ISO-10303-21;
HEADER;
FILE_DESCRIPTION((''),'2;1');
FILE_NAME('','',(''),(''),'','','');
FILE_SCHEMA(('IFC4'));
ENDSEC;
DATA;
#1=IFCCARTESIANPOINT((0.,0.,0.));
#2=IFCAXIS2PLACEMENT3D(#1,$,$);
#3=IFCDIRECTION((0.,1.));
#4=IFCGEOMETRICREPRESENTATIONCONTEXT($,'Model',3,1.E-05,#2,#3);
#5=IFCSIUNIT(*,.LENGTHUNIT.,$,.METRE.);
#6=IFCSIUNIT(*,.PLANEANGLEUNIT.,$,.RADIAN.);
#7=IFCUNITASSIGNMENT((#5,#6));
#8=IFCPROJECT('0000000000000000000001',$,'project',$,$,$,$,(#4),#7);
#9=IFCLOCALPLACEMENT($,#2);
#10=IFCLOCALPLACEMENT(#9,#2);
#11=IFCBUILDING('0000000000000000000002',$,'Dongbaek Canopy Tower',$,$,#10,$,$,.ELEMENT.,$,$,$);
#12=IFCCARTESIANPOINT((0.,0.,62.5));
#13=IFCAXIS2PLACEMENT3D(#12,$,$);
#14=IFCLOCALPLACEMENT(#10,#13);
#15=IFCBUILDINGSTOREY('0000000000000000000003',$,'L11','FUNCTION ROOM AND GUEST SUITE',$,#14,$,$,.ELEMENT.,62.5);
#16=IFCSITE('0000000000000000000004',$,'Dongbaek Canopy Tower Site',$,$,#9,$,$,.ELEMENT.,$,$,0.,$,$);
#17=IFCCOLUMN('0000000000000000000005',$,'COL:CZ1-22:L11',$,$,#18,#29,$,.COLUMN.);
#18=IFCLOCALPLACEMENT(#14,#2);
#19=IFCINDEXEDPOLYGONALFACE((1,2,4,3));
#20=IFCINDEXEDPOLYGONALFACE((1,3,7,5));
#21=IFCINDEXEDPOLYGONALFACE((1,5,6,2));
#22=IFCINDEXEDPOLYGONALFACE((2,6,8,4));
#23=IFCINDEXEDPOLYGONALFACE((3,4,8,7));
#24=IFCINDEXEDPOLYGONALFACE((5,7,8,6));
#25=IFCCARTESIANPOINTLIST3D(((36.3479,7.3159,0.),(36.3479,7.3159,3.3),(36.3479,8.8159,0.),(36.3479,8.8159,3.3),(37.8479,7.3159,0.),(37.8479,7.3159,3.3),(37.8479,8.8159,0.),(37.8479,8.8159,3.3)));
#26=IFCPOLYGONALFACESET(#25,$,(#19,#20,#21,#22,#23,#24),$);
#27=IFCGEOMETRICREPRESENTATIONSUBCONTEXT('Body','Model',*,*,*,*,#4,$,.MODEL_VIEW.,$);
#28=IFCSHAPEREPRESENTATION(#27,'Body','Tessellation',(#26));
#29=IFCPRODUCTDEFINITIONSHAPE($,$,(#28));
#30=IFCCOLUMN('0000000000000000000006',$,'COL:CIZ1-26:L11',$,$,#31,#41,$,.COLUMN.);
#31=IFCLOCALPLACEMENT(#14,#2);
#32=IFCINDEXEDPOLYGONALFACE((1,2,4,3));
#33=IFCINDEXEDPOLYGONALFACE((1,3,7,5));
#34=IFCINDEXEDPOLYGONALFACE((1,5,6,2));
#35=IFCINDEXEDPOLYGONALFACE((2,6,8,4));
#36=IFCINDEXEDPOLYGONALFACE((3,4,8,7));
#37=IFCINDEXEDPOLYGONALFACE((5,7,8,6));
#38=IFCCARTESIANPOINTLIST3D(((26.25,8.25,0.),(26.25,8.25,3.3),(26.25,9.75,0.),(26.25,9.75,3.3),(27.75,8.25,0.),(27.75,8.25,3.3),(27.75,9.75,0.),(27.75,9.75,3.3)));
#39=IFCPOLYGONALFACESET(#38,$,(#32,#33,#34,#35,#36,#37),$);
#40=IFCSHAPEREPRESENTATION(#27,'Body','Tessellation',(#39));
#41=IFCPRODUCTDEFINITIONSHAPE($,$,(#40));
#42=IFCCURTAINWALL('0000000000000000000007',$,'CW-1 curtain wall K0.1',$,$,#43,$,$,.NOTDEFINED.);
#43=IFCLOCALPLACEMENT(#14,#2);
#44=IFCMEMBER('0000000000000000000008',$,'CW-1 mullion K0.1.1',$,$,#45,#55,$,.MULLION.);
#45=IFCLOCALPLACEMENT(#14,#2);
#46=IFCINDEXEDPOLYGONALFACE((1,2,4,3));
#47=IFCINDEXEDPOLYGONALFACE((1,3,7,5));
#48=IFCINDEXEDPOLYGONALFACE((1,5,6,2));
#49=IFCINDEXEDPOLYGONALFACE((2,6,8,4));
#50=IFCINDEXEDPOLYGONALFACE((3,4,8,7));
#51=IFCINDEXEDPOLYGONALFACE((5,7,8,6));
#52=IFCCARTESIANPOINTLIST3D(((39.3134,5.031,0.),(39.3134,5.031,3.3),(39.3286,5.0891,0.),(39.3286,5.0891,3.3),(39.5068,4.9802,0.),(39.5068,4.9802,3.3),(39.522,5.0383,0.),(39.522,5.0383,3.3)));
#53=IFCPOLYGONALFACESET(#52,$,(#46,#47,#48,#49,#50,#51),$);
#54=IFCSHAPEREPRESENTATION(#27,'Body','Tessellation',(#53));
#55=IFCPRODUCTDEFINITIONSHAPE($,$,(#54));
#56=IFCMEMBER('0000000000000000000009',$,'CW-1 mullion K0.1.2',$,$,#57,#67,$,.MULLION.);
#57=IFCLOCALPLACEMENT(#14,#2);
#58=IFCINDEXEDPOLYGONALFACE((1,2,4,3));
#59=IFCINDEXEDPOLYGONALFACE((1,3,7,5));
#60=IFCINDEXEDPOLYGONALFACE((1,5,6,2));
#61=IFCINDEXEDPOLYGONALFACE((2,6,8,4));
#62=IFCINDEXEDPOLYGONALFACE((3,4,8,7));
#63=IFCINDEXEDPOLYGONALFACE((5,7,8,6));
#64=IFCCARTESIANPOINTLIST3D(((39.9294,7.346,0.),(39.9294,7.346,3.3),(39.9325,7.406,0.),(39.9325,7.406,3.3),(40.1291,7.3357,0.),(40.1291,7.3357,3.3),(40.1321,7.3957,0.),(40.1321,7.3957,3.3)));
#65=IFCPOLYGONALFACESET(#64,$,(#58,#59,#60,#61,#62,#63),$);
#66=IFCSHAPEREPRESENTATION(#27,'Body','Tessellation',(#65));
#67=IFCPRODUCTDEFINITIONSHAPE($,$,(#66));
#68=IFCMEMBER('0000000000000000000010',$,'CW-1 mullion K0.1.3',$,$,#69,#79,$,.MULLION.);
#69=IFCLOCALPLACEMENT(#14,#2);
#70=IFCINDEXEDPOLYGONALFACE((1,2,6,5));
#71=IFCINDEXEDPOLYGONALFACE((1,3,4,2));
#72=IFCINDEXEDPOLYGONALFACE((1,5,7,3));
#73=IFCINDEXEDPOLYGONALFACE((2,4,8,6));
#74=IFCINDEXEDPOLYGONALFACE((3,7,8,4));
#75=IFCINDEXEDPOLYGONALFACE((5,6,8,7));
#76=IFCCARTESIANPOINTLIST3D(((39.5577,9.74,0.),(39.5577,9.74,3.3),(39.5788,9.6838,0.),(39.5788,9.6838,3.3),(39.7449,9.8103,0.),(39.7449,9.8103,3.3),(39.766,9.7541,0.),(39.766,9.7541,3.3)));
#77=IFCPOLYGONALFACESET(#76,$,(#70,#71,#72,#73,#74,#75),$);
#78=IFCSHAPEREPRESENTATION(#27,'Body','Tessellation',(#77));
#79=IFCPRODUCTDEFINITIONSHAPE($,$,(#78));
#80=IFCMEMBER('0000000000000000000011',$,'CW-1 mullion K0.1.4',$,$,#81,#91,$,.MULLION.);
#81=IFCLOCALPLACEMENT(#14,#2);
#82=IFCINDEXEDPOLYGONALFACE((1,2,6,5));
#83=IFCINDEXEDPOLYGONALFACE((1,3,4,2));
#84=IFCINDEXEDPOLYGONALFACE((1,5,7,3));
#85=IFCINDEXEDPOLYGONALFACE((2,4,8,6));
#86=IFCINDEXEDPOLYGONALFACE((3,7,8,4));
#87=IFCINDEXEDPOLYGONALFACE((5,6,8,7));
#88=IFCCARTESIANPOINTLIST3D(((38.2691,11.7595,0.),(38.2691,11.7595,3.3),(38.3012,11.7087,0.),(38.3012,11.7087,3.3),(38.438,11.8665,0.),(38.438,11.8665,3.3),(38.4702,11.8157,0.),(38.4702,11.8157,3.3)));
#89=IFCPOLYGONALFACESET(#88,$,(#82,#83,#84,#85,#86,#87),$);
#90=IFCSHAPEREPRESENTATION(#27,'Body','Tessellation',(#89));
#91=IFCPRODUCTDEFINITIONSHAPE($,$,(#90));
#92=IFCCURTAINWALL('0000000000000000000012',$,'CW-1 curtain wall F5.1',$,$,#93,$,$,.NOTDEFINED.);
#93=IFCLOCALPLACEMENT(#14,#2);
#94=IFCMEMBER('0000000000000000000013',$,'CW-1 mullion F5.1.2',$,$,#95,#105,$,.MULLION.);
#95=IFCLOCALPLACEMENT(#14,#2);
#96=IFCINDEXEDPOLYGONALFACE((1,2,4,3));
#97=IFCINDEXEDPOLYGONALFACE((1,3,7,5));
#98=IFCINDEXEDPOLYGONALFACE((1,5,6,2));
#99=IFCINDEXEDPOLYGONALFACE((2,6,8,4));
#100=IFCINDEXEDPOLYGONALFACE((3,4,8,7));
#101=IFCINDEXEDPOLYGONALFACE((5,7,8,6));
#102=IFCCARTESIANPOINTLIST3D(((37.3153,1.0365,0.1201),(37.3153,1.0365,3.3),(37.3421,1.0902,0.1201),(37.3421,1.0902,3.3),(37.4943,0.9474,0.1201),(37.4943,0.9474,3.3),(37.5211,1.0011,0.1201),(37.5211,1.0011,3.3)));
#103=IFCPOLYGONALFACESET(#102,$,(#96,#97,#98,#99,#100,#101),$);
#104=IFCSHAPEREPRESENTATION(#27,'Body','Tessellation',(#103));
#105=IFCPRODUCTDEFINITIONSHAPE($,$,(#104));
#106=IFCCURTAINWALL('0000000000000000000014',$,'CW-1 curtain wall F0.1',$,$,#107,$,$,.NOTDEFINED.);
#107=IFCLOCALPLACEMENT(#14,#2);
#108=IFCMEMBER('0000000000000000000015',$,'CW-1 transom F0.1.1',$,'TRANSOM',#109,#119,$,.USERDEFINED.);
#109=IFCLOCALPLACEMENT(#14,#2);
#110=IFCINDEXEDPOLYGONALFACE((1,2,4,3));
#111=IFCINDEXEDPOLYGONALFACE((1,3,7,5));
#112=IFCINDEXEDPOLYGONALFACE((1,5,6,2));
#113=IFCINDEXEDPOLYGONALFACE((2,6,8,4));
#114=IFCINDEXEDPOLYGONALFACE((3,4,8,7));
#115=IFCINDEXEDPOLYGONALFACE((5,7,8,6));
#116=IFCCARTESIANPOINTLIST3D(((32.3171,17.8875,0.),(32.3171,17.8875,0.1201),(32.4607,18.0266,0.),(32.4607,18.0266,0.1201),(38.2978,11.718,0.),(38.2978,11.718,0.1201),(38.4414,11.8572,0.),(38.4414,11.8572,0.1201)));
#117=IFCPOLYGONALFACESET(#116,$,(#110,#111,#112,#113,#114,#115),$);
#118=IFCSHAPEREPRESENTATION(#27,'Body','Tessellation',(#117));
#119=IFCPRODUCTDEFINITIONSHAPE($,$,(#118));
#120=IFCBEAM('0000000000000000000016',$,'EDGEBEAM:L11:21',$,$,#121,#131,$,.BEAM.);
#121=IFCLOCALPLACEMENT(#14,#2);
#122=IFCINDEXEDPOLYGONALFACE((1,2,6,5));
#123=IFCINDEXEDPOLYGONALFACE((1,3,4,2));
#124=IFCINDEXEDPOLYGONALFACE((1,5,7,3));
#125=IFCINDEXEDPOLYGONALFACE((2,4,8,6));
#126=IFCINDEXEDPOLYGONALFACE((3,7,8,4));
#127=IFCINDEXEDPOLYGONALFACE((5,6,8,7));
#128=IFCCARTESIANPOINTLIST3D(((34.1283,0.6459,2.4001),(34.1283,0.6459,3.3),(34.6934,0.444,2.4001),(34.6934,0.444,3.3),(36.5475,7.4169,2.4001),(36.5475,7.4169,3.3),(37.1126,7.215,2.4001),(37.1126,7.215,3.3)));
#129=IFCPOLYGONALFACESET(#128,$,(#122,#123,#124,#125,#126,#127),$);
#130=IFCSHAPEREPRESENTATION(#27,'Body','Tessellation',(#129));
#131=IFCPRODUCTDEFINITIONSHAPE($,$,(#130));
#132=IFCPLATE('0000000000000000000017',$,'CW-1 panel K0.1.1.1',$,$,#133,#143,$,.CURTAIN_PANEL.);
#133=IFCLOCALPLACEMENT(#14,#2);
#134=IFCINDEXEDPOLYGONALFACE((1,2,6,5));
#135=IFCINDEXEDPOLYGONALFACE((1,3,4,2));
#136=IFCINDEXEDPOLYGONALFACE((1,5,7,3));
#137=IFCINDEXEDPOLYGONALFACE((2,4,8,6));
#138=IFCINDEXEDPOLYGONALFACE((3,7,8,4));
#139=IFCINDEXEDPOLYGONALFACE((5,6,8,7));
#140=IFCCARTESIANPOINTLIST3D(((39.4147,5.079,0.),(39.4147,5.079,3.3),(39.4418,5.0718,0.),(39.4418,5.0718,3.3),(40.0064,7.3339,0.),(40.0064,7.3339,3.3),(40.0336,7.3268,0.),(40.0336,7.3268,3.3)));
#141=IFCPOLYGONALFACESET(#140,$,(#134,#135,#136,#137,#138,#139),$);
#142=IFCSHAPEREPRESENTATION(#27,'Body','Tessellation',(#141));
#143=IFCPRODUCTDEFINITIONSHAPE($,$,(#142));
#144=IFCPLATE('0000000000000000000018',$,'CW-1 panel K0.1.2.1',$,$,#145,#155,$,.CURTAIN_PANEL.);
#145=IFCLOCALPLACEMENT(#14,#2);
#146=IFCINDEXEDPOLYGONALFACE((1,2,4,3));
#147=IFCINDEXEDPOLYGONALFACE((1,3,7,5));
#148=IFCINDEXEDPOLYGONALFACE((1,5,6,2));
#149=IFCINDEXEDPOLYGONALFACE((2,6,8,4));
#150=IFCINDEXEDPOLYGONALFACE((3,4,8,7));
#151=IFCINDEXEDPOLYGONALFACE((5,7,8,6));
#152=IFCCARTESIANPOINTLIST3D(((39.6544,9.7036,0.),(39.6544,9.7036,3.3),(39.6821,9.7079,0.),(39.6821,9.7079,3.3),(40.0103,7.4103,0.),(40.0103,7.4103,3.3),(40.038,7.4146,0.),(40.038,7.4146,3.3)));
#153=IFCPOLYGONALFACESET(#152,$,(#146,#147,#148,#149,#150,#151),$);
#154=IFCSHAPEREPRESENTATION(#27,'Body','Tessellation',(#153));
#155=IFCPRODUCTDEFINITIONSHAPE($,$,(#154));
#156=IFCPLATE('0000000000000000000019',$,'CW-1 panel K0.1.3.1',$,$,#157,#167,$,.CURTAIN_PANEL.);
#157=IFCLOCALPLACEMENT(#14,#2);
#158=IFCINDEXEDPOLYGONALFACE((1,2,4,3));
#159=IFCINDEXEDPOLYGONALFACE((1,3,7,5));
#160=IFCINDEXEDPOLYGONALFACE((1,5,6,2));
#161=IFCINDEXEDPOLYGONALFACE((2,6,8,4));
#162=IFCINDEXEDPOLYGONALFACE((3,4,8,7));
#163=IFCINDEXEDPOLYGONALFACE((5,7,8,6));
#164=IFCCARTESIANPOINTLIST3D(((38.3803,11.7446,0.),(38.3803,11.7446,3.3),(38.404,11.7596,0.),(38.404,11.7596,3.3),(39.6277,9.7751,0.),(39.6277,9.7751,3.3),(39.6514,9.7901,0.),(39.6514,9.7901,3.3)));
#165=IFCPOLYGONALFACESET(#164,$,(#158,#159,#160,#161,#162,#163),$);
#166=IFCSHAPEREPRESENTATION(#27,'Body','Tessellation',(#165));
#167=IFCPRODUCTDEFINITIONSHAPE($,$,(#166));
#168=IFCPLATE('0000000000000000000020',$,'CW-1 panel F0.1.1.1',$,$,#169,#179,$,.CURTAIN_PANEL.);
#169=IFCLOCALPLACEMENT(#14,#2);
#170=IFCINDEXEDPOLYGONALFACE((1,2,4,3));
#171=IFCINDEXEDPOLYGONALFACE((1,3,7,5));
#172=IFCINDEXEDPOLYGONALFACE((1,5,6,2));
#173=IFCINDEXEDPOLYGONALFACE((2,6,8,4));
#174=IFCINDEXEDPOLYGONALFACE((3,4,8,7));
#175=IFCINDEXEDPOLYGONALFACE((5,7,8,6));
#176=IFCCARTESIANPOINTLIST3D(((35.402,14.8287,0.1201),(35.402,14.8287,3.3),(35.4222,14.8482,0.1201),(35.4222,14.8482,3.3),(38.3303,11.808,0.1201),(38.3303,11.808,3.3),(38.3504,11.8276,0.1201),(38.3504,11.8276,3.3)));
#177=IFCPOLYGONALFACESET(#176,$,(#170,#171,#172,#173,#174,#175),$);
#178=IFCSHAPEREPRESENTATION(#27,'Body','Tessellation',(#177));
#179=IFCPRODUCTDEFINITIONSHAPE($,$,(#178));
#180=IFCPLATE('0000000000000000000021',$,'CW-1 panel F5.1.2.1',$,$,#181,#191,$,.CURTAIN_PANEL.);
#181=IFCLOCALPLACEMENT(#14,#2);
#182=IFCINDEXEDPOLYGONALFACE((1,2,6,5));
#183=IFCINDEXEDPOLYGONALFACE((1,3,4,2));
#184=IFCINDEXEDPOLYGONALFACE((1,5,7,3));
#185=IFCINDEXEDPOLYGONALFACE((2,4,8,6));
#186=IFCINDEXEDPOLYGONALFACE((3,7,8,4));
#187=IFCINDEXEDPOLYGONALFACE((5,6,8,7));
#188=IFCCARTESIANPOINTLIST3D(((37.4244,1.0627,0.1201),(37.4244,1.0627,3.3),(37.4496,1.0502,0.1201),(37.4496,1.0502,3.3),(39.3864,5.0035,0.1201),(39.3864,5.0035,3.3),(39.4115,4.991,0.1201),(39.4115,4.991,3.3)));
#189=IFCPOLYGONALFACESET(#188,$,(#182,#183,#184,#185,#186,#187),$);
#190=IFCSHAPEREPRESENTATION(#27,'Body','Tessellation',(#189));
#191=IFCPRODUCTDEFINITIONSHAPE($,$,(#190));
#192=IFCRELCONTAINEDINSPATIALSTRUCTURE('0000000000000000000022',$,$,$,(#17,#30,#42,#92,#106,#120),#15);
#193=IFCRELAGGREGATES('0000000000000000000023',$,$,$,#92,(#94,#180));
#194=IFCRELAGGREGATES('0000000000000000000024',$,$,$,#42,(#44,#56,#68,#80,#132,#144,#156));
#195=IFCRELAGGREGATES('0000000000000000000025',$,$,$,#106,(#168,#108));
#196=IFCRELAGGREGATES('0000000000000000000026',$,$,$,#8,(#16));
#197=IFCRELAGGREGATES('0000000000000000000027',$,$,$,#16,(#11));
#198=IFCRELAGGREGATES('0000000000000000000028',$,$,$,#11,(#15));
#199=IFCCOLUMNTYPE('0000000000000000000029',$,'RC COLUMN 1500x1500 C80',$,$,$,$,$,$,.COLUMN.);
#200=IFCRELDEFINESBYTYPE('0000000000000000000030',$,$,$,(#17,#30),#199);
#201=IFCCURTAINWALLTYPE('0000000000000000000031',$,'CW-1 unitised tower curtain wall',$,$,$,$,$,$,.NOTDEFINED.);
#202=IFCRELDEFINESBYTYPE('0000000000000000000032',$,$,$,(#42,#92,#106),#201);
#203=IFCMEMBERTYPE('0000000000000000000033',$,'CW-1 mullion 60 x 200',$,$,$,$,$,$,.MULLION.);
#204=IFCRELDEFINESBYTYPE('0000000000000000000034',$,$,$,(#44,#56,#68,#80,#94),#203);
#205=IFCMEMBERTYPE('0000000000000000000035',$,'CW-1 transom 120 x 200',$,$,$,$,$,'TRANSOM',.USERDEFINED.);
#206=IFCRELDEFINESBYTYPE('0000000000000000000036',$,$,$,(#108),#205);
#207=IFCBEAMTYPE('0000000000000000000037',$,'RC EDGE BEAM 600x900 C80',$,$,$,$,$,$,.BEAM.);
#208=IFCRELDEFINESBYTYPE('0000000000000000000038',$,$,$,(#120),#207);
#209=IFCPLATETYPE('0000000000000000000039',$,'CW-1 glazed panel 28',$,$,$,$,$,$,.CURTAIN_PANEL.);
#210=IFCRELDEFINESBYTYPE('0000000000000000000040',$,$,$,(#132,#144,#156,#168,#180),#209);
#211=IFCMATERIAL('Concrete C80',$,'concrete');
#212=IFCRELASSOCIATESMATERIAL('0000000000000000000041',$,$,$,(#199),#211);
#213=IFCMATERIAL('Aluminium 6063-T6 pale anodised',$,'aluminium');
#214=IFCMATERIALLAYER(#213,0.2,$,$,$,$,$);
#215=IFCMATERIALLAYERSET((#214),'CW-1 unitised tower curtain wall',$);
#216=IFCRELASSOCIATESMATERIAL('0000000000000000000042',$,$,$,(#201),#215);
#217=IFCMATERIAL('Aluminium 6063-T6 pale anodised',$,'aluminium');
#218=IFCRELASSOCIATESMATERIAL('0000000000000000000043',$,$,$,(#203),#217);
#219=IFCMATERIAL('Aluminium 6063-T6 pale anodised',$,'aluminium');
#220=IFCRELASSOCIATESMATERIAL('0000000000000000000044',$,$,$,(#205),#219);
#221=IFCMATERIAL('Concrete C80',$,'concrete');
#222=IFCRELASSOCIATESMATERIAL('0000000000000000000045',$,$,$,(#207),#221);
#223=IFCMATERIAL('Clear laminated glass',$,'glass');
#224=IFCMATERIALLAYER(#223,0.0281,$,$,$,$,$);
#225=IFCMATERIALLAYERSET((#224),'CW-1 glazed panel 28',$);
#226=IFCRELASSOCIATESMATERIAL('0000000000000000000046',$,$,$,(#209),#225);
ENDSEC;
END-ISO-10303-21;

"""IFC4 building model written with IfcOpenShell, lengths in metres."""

from ifc_helpers import new_model, si_unit, direction, frame, origin, origin_2d, place, context, subcontext, project, spatial, rectangle, extrude, material, layer, layer_set, material_profile, profile_set, type_object, element, aggregate, save


model = new_model("IFC4")

# Units and contexts
model_context = context("Model", 3, precision=1e-05, world=origin(), true_north=direction((0.0, 1.0)))
body_context = subcontext(model_context, "Body", "Model", "MODEL_VIEW")
ifc_project = project(units=[si_unit("LENGTHUNIT", "METRE"), si_unit("PLANEANGLEUNIT", "RADIAN")], contexts=[model_context])

# Site, building, storey
site_placement = place(None, origin())
site = spatial("IfcSite", under=ifc_project, at=site_placement, Name="Dongbaek Canopy Tower Site", CompositionType="ELEMENT", RefElevation=0.0)
building_placement = place(site_placement, origin())
building = spatial("IfcBuilding", under=site, at=building_placement, Name="Dongbaek Canopy Tower", CompositionType="ELEMENT")
storey_placement = place(building_placement, frame((0.0, 0.0, 62.5)))
storey = spatial("IfcBuildingStorey", under=building, at=storey_placement, Name="L11", Description="FUNCTION ROOM AND GUEST SUITE", CompositionType="ELEMENT", Elevation=62.5)

# Columns
ifc_material_1 = material(Name="Concrete C80", Category="concrete")
ifc_material_profile_1 = material_profile(ifc_material_1, rectangle(XDim=1.5, YDim=1.5, at=origin_2d()), Name="RC COLUMN 1500x1500 C80")
ifc_profile_set_1 = profile_set([ifc_material_profile_1], Name="Concrete C80")
column_type = type_object("IfcColumnType", Name="RC COLUMN 1500x1500 C80", PredefinedType="COLUMN", material=ifc_profile_set_1)
for number, where, z_axis, x_axis, name in (
    (1, (37.0979, 8.0659, 0.0), (0.0, 0.0, 1.0), (1.0, 0.0, 0.0), "COL:CZ1-22:L11"),
    (2, (27.0, 9.0, 0.0), (0.0, 0.0, 1.0), (1.0, 0.0, 0.0), "COL:CIZ1-26:L11"),
):
    element("IfcColumn", number, at=place(storey_placement, frame(where, z_axis=z_axis, x_axis=x_axis)), inside=storey, type_object=column_type, Name=name, PredefinedType="COLUMN", context=body_context, shape_type="SweptSolid", body=[
        extrude(rectangle(XDim=1.5, YDim=1.5, at=origin_2d()), origin(), (0.0, 0.0, 1.0), 3.3),
    ])

# Curtain wall, members
ifc_material_2 = material(Name="Aluminium 6063-T6 pale anodised", Category="aluminium")
ifc_layer_1 = layer(ifc_material_2, 0.2)
ifc_layer_set_1 = layer_set([ifc_layer_1], Name="CW-1 unitised tower curtain wall")
curtain_wall_type = type_object("IfcCurtainWallType", Name="CW-1 unitised tower curtain wall", PredefinedType="NOTDEFINED", material=ifc_layer_set_1)
curtain_wall_1_placement = place(storey_placement, origin())
curtain_wall_1 = element("IfcCurtainWall", 3, at=curtain_wall_1_placement, inside=storey, type_object=curtain_wall_type, Name="CW-1 curtain wall K0.1", PredefinedType="NOTDEFINED")
ifc_material_3 = material(Name="Aluminium 6063-T6 pale anodised", Category="aluminium")
ifc_material_profile_2 = material_profile(ifc_material_3, rectangle(XDim=0.2, YDim=0.0601, at=origin_2d()), Name="CW-1 mullion 60 x 200")
ifc_profile_set_2 = profile_set([ifc_material_profile_2], Name="Aluminium 6063-T6 pale anodised")
member_type_1 = type_object("IfcMemberType", Name="CW-1 mullion 60 x 200", PredefinedType="MULLION", material=ifc_profile_set_2)
member_1_placement = place(storey_placement, frame((39.4177, 5.0347, 0.0), z_axis=(0.0, 0.0, 1.0), x_axis=(0.96725, -0.253824, 0.0)))
member_1 = element("IfcMember", 4, at=member_1_placement, type_object=member_type_1, Name="CW-1 mullion K0.1.1", PredefinedType="MULLION", context=body_context, shape_type="SweptSolid", body=[
    extrude(rectangle(XDim=0.2, YDim=0.0601, at=origin_2d()), origin(), (0.0, 0.0, 1.0), 3.3),
])
member_2_placement = place(storey_placement, frame((40.0308, 7.3708, 0.0), z_axis=(0.0, 0.0, 1.0), x_axis=(0.998683, -0.05131, 0.0)))
member_2 = element("IfcMember", 5, at=member_2_placement, type_object=member_type_1, Name="CW-1 mullion K0.1.2", PredefinedType="MULLION", context=body_context, shape_type="SweptSolid", body=[
    extrude(rectangle(XDim=0.2, YDim=0.0601, at=origin_2d()), origin(), (0.0, 0.0, 1.0), 3.3),
])
member_3_placement = place(storey_placement, frame((39.6619, 9.7471, 0.0), z_axis=(0.0, 0.0, 1.0), x_axis=(0.936155, 0.351588, 0.0)))
member_3 = element("IfcMember", 6, at=member_3_placement, type_object=member_type_1, Name="CW-1 mullion K0.1.3", PredefinedType="MULLION", context=body_context, shape_type="SweptSolid", body=[
    extrude(rectangle(XDim=0.2, YDim=0.0601, at=origin_2d()), origin(), (0.0, 0.0, 1.0), 3.3),
])
member_4_placement = place(storey_placement, frame((38.3696, 11.7876, 0.0), z_axis=(0.0, 0.0, 1.0), x_axis=(0.844821, 0.53505, 0.0)))
member_4 = element("IfcMember", 7, at=member_4_placement, type_object=member_type_1, Name="CW-1 mullion K0.1.4", PredefinedType="MULLION", context=body_context, shape_type="SweptSolid", body=[
    extrude(rectangle(XDim=0.2, YDim=0.0601, at=origin_2d()), origin(), (0.0, 0.0, 1.0), 3.3),
])

# Curtain walls, members
curtain_wall_2_placement = place(storey_placement, origin())
curtain_wall_2 = element("IfcCurtainWall", 8, at=curtain_wall_2_placement, inside=storey, type_object=curtain_wall_type, Name="CW-1 curtain wall F5.1", PredefinedType="NOTDEFINED")
member_5_placement = place(storey_placement, frame((37.4182, 1.0188, 0.1201), z_axis=(0.0, 0.0, 1.0), x_axis=(0.895193, -0.445678, 0.0)))
member_5 = element("IfcMember", 9, at=member_5_placement, type_object=member_type_1, Name="CW-1 mullion F5.1.2", PredefinedType="MULLION", context=body_context, shape_type="SweptSolid", body=[
    extrude(rectangle(XDim=0.2, YDim=0.0601, at=origin_2d()), origin(), (0.0, 0.0, 1.0), 3.1799),
])
curtain_wall_3_placement = place(storey_placement, origin())
curtain_wall_3 = element("IfcCurtainWall", 10, at=curtain_wall_3_placement, inside=storey, type_object=curtain_wall_type, Name="CW-1 curtain wall F0.1", PredefinedType="NOTDEFINED")
ifc_material_4 = material(Name="Aluminium 6063-T6 pale anodised", Category="aluminium")
ifc_material_profile_3 = material_profile(ifc_material_4, rectangle(XDim=0.2, YDim=0.1201, at=origin_2d()), Name="CW-1 transom 120 x 200")
ifc_profile_set_3 = profile_set([ifc_material_profile_3], Name="Aluminium 6063-T6 pale anodised")
member_type_2 = type_object("IfcMemberType", Name="CW-1 transom 120 x 200", ElementType="TRANSOM", PredefinedType="USERDEFINED", material=ifc_profile_set_3)
member_6_placement = place(storey_placement, frame((38.3696, 11.7876, 0.0601), z_axis=(-0.69604, 0.718003, 0.0), x_axis=(-0.718003, -0.69604, 0.0)))
member_6 = element("IfcMember", 11, at=member_6_placement, type_object=member_type_2, Name="CW-1 transom F0.1.1", ObjectType="TRANSOM", PredefinedType="USERDEFINED", context=body_context, shape_type="SweptSolid", body=[
    extrude(rectangle(XDim=0.2, YDim=0.1201, at=origin_2d()), origin(), (0.0, 0.0, 1.0), 8.5925),
])

# Beam
ifc_material_5 = material(Name="Concrete C80", Category="concrete")
ifc_material_profile_4 = material_profile(ifc_material_5, rectangle(XDim=0.6001, YDim=0.8999, at=origin_2d()), Name="RC EDGE BEAM 600x900 C80")
ifc_profile_set_4 = profile_set([ifc_material_profile_4], Name="Concrete C80")
beam_type = type_object("IfcBeamType", Name="RC EDGE BEAM 600x900 C80", PredefinedType="BEAM", material=ifc_profile_set_4)
beam_placement = place(storey_placement, frame((36.8301, 7.3159, 2.8501), z_axis=(-0.336457, -0.941699, 0.0), x_axis=(0.941699, -0.336457, 0.0)))
element("IfcBeam", 12, at=beam_placement, inside=storey, type_object=beam_type, Name="EDGEBEAM:L11:21", PredefinedType="BEAM", context=body_context, shape_type="SweptSolid", body=[
    extrude(rectangle(XDim=0.6001, YDim=0.8999, at=origin_2d()), origin(), (0.0, 0.0, 1.0), 7.1902),
])

# Plates
ifc_material_6 = material(Name="Clear laminated glass", Category="glass")
ifc_layer_2 = layer(ifc_material_6, 0.0281)
ifc_layer_set_2 = layer_set([ifc_layer_2], Name="CW-1 glazed panel 28")
plate_type = type_object("IfcPlateType", Name="CW-1 glazed panel 28", PredefinedType="CURTAIN_PANEL", material=ifc_layer_set_2)
plate_1_placement = place(storey_placement, frame((39.7241, 6.2029, 0.0), z_axis=(0.0, 0.0, 1.0), x_axis=(0.253824, 0.96725, 0.0)))
plate_1 = element("IfcPlate", 13, at=plate_1_placement, type_object=plate_type, Name="CW-1 panel K0.1.1.1", PredefinedType="CURTAIN_PANEL", context=body_context, shape_type="SweptSolid", body=[
    extrude(rectangle(XDim=2.3313, YDim=0.0281, at=origin_2d()), origin(), (0.0, 0.0, 1.0), 3.3),
])
plate_2_placement = place(storey_placement, frame((39.8462, 8.5591, 0.0), z_axis=(0.0, 0.0, 1.0), x_axis=(-0.15336, 0.98817, 0.0)))
plate_2 = element("IfcPlate", 14, at=plate_2_placement, type_object=plate_type, Name="CW-1 panel K0.1.2.1", PredefinedType="CURTAIN_PANEL", context=body_context, shape_type="SweptSolid", body=[
    extrude(rectangle(XDim=2.3208, YDim=0.0281, at=origin_2d()), origin(), (0.0, 0.0, 1.0), 3.3),
])
plate_3_placement = place(storey_placement, frame((39.0159, 10.7673, 0.0), z_axis=(0.0, 0.0, 1.0), x_axis=(-0.53505, 0.844821, 0.0)))
plate_3 = element("IfcPlate", 15, at=plate_3_placement, type_object=plate_type, Name="CW-1 panel K0.1.3.1", PredefinedType="CURTAIN_PANEL", context=body_context, shape_type="SweptSolid", body=[
    extrude(rectangle(XDim=2.3313, YDim=0.0281, at=origin_2d()), origin(), (0.0, 0.0, 1.0), 3.3),
])
plate_4_placement = place(storey_placement, frame((36.8762, 13.3281, 0.1201), z_axis=(0.0, 0.0, 1.0), x_axis=(-0.696039, 0.718004, 0.0)))
plate_4 = element("IfcPlate", 16, at=plate_4_placement, type_object=plate_type, Name="CW-1 panel F0.1.1.1", PredefinedType="CURTAIN_PANEL", context=body_context, shape_type="SweptSolid", body=[
    extrude(rectangle(XDim=4.207, YDim=0.0281, at=origin_2d()), origin(), (0.0, 0.0, 1.0), 3.1799),
])
plate_5_placement = place(storey_placement, frame((38.418, 3.0269, 0.1201), z_axis=(0.0, 0.0, 1.0), x_axis=(0.445678, 0.895193, 0.0)))
plate_5 = element("IfcPlate", 17, at=plate_5_placement, type_object=plate_type, Name="CW-1 panel F5.1.2.1", PredefinedType="CURTAIN_PANEL", context=body_context, shape_type="SweptSolid", body=[
    extrude(rectangle(XDim=4.4021, YDim=0.0281, at=origin_2d()), origin(), (0.0, 0.0, 1.0), 3.1799),
])

aggregate(curtain_wall_2, [member_5, plate_5])
aggregate(curtain_wall_1, [member_1, member_2, member_3, member_4, plate_1, plate_2, plate_3])
aggregate(curtain_wall_3, [plate_4, member_6])

save(model, "model.ifc")
